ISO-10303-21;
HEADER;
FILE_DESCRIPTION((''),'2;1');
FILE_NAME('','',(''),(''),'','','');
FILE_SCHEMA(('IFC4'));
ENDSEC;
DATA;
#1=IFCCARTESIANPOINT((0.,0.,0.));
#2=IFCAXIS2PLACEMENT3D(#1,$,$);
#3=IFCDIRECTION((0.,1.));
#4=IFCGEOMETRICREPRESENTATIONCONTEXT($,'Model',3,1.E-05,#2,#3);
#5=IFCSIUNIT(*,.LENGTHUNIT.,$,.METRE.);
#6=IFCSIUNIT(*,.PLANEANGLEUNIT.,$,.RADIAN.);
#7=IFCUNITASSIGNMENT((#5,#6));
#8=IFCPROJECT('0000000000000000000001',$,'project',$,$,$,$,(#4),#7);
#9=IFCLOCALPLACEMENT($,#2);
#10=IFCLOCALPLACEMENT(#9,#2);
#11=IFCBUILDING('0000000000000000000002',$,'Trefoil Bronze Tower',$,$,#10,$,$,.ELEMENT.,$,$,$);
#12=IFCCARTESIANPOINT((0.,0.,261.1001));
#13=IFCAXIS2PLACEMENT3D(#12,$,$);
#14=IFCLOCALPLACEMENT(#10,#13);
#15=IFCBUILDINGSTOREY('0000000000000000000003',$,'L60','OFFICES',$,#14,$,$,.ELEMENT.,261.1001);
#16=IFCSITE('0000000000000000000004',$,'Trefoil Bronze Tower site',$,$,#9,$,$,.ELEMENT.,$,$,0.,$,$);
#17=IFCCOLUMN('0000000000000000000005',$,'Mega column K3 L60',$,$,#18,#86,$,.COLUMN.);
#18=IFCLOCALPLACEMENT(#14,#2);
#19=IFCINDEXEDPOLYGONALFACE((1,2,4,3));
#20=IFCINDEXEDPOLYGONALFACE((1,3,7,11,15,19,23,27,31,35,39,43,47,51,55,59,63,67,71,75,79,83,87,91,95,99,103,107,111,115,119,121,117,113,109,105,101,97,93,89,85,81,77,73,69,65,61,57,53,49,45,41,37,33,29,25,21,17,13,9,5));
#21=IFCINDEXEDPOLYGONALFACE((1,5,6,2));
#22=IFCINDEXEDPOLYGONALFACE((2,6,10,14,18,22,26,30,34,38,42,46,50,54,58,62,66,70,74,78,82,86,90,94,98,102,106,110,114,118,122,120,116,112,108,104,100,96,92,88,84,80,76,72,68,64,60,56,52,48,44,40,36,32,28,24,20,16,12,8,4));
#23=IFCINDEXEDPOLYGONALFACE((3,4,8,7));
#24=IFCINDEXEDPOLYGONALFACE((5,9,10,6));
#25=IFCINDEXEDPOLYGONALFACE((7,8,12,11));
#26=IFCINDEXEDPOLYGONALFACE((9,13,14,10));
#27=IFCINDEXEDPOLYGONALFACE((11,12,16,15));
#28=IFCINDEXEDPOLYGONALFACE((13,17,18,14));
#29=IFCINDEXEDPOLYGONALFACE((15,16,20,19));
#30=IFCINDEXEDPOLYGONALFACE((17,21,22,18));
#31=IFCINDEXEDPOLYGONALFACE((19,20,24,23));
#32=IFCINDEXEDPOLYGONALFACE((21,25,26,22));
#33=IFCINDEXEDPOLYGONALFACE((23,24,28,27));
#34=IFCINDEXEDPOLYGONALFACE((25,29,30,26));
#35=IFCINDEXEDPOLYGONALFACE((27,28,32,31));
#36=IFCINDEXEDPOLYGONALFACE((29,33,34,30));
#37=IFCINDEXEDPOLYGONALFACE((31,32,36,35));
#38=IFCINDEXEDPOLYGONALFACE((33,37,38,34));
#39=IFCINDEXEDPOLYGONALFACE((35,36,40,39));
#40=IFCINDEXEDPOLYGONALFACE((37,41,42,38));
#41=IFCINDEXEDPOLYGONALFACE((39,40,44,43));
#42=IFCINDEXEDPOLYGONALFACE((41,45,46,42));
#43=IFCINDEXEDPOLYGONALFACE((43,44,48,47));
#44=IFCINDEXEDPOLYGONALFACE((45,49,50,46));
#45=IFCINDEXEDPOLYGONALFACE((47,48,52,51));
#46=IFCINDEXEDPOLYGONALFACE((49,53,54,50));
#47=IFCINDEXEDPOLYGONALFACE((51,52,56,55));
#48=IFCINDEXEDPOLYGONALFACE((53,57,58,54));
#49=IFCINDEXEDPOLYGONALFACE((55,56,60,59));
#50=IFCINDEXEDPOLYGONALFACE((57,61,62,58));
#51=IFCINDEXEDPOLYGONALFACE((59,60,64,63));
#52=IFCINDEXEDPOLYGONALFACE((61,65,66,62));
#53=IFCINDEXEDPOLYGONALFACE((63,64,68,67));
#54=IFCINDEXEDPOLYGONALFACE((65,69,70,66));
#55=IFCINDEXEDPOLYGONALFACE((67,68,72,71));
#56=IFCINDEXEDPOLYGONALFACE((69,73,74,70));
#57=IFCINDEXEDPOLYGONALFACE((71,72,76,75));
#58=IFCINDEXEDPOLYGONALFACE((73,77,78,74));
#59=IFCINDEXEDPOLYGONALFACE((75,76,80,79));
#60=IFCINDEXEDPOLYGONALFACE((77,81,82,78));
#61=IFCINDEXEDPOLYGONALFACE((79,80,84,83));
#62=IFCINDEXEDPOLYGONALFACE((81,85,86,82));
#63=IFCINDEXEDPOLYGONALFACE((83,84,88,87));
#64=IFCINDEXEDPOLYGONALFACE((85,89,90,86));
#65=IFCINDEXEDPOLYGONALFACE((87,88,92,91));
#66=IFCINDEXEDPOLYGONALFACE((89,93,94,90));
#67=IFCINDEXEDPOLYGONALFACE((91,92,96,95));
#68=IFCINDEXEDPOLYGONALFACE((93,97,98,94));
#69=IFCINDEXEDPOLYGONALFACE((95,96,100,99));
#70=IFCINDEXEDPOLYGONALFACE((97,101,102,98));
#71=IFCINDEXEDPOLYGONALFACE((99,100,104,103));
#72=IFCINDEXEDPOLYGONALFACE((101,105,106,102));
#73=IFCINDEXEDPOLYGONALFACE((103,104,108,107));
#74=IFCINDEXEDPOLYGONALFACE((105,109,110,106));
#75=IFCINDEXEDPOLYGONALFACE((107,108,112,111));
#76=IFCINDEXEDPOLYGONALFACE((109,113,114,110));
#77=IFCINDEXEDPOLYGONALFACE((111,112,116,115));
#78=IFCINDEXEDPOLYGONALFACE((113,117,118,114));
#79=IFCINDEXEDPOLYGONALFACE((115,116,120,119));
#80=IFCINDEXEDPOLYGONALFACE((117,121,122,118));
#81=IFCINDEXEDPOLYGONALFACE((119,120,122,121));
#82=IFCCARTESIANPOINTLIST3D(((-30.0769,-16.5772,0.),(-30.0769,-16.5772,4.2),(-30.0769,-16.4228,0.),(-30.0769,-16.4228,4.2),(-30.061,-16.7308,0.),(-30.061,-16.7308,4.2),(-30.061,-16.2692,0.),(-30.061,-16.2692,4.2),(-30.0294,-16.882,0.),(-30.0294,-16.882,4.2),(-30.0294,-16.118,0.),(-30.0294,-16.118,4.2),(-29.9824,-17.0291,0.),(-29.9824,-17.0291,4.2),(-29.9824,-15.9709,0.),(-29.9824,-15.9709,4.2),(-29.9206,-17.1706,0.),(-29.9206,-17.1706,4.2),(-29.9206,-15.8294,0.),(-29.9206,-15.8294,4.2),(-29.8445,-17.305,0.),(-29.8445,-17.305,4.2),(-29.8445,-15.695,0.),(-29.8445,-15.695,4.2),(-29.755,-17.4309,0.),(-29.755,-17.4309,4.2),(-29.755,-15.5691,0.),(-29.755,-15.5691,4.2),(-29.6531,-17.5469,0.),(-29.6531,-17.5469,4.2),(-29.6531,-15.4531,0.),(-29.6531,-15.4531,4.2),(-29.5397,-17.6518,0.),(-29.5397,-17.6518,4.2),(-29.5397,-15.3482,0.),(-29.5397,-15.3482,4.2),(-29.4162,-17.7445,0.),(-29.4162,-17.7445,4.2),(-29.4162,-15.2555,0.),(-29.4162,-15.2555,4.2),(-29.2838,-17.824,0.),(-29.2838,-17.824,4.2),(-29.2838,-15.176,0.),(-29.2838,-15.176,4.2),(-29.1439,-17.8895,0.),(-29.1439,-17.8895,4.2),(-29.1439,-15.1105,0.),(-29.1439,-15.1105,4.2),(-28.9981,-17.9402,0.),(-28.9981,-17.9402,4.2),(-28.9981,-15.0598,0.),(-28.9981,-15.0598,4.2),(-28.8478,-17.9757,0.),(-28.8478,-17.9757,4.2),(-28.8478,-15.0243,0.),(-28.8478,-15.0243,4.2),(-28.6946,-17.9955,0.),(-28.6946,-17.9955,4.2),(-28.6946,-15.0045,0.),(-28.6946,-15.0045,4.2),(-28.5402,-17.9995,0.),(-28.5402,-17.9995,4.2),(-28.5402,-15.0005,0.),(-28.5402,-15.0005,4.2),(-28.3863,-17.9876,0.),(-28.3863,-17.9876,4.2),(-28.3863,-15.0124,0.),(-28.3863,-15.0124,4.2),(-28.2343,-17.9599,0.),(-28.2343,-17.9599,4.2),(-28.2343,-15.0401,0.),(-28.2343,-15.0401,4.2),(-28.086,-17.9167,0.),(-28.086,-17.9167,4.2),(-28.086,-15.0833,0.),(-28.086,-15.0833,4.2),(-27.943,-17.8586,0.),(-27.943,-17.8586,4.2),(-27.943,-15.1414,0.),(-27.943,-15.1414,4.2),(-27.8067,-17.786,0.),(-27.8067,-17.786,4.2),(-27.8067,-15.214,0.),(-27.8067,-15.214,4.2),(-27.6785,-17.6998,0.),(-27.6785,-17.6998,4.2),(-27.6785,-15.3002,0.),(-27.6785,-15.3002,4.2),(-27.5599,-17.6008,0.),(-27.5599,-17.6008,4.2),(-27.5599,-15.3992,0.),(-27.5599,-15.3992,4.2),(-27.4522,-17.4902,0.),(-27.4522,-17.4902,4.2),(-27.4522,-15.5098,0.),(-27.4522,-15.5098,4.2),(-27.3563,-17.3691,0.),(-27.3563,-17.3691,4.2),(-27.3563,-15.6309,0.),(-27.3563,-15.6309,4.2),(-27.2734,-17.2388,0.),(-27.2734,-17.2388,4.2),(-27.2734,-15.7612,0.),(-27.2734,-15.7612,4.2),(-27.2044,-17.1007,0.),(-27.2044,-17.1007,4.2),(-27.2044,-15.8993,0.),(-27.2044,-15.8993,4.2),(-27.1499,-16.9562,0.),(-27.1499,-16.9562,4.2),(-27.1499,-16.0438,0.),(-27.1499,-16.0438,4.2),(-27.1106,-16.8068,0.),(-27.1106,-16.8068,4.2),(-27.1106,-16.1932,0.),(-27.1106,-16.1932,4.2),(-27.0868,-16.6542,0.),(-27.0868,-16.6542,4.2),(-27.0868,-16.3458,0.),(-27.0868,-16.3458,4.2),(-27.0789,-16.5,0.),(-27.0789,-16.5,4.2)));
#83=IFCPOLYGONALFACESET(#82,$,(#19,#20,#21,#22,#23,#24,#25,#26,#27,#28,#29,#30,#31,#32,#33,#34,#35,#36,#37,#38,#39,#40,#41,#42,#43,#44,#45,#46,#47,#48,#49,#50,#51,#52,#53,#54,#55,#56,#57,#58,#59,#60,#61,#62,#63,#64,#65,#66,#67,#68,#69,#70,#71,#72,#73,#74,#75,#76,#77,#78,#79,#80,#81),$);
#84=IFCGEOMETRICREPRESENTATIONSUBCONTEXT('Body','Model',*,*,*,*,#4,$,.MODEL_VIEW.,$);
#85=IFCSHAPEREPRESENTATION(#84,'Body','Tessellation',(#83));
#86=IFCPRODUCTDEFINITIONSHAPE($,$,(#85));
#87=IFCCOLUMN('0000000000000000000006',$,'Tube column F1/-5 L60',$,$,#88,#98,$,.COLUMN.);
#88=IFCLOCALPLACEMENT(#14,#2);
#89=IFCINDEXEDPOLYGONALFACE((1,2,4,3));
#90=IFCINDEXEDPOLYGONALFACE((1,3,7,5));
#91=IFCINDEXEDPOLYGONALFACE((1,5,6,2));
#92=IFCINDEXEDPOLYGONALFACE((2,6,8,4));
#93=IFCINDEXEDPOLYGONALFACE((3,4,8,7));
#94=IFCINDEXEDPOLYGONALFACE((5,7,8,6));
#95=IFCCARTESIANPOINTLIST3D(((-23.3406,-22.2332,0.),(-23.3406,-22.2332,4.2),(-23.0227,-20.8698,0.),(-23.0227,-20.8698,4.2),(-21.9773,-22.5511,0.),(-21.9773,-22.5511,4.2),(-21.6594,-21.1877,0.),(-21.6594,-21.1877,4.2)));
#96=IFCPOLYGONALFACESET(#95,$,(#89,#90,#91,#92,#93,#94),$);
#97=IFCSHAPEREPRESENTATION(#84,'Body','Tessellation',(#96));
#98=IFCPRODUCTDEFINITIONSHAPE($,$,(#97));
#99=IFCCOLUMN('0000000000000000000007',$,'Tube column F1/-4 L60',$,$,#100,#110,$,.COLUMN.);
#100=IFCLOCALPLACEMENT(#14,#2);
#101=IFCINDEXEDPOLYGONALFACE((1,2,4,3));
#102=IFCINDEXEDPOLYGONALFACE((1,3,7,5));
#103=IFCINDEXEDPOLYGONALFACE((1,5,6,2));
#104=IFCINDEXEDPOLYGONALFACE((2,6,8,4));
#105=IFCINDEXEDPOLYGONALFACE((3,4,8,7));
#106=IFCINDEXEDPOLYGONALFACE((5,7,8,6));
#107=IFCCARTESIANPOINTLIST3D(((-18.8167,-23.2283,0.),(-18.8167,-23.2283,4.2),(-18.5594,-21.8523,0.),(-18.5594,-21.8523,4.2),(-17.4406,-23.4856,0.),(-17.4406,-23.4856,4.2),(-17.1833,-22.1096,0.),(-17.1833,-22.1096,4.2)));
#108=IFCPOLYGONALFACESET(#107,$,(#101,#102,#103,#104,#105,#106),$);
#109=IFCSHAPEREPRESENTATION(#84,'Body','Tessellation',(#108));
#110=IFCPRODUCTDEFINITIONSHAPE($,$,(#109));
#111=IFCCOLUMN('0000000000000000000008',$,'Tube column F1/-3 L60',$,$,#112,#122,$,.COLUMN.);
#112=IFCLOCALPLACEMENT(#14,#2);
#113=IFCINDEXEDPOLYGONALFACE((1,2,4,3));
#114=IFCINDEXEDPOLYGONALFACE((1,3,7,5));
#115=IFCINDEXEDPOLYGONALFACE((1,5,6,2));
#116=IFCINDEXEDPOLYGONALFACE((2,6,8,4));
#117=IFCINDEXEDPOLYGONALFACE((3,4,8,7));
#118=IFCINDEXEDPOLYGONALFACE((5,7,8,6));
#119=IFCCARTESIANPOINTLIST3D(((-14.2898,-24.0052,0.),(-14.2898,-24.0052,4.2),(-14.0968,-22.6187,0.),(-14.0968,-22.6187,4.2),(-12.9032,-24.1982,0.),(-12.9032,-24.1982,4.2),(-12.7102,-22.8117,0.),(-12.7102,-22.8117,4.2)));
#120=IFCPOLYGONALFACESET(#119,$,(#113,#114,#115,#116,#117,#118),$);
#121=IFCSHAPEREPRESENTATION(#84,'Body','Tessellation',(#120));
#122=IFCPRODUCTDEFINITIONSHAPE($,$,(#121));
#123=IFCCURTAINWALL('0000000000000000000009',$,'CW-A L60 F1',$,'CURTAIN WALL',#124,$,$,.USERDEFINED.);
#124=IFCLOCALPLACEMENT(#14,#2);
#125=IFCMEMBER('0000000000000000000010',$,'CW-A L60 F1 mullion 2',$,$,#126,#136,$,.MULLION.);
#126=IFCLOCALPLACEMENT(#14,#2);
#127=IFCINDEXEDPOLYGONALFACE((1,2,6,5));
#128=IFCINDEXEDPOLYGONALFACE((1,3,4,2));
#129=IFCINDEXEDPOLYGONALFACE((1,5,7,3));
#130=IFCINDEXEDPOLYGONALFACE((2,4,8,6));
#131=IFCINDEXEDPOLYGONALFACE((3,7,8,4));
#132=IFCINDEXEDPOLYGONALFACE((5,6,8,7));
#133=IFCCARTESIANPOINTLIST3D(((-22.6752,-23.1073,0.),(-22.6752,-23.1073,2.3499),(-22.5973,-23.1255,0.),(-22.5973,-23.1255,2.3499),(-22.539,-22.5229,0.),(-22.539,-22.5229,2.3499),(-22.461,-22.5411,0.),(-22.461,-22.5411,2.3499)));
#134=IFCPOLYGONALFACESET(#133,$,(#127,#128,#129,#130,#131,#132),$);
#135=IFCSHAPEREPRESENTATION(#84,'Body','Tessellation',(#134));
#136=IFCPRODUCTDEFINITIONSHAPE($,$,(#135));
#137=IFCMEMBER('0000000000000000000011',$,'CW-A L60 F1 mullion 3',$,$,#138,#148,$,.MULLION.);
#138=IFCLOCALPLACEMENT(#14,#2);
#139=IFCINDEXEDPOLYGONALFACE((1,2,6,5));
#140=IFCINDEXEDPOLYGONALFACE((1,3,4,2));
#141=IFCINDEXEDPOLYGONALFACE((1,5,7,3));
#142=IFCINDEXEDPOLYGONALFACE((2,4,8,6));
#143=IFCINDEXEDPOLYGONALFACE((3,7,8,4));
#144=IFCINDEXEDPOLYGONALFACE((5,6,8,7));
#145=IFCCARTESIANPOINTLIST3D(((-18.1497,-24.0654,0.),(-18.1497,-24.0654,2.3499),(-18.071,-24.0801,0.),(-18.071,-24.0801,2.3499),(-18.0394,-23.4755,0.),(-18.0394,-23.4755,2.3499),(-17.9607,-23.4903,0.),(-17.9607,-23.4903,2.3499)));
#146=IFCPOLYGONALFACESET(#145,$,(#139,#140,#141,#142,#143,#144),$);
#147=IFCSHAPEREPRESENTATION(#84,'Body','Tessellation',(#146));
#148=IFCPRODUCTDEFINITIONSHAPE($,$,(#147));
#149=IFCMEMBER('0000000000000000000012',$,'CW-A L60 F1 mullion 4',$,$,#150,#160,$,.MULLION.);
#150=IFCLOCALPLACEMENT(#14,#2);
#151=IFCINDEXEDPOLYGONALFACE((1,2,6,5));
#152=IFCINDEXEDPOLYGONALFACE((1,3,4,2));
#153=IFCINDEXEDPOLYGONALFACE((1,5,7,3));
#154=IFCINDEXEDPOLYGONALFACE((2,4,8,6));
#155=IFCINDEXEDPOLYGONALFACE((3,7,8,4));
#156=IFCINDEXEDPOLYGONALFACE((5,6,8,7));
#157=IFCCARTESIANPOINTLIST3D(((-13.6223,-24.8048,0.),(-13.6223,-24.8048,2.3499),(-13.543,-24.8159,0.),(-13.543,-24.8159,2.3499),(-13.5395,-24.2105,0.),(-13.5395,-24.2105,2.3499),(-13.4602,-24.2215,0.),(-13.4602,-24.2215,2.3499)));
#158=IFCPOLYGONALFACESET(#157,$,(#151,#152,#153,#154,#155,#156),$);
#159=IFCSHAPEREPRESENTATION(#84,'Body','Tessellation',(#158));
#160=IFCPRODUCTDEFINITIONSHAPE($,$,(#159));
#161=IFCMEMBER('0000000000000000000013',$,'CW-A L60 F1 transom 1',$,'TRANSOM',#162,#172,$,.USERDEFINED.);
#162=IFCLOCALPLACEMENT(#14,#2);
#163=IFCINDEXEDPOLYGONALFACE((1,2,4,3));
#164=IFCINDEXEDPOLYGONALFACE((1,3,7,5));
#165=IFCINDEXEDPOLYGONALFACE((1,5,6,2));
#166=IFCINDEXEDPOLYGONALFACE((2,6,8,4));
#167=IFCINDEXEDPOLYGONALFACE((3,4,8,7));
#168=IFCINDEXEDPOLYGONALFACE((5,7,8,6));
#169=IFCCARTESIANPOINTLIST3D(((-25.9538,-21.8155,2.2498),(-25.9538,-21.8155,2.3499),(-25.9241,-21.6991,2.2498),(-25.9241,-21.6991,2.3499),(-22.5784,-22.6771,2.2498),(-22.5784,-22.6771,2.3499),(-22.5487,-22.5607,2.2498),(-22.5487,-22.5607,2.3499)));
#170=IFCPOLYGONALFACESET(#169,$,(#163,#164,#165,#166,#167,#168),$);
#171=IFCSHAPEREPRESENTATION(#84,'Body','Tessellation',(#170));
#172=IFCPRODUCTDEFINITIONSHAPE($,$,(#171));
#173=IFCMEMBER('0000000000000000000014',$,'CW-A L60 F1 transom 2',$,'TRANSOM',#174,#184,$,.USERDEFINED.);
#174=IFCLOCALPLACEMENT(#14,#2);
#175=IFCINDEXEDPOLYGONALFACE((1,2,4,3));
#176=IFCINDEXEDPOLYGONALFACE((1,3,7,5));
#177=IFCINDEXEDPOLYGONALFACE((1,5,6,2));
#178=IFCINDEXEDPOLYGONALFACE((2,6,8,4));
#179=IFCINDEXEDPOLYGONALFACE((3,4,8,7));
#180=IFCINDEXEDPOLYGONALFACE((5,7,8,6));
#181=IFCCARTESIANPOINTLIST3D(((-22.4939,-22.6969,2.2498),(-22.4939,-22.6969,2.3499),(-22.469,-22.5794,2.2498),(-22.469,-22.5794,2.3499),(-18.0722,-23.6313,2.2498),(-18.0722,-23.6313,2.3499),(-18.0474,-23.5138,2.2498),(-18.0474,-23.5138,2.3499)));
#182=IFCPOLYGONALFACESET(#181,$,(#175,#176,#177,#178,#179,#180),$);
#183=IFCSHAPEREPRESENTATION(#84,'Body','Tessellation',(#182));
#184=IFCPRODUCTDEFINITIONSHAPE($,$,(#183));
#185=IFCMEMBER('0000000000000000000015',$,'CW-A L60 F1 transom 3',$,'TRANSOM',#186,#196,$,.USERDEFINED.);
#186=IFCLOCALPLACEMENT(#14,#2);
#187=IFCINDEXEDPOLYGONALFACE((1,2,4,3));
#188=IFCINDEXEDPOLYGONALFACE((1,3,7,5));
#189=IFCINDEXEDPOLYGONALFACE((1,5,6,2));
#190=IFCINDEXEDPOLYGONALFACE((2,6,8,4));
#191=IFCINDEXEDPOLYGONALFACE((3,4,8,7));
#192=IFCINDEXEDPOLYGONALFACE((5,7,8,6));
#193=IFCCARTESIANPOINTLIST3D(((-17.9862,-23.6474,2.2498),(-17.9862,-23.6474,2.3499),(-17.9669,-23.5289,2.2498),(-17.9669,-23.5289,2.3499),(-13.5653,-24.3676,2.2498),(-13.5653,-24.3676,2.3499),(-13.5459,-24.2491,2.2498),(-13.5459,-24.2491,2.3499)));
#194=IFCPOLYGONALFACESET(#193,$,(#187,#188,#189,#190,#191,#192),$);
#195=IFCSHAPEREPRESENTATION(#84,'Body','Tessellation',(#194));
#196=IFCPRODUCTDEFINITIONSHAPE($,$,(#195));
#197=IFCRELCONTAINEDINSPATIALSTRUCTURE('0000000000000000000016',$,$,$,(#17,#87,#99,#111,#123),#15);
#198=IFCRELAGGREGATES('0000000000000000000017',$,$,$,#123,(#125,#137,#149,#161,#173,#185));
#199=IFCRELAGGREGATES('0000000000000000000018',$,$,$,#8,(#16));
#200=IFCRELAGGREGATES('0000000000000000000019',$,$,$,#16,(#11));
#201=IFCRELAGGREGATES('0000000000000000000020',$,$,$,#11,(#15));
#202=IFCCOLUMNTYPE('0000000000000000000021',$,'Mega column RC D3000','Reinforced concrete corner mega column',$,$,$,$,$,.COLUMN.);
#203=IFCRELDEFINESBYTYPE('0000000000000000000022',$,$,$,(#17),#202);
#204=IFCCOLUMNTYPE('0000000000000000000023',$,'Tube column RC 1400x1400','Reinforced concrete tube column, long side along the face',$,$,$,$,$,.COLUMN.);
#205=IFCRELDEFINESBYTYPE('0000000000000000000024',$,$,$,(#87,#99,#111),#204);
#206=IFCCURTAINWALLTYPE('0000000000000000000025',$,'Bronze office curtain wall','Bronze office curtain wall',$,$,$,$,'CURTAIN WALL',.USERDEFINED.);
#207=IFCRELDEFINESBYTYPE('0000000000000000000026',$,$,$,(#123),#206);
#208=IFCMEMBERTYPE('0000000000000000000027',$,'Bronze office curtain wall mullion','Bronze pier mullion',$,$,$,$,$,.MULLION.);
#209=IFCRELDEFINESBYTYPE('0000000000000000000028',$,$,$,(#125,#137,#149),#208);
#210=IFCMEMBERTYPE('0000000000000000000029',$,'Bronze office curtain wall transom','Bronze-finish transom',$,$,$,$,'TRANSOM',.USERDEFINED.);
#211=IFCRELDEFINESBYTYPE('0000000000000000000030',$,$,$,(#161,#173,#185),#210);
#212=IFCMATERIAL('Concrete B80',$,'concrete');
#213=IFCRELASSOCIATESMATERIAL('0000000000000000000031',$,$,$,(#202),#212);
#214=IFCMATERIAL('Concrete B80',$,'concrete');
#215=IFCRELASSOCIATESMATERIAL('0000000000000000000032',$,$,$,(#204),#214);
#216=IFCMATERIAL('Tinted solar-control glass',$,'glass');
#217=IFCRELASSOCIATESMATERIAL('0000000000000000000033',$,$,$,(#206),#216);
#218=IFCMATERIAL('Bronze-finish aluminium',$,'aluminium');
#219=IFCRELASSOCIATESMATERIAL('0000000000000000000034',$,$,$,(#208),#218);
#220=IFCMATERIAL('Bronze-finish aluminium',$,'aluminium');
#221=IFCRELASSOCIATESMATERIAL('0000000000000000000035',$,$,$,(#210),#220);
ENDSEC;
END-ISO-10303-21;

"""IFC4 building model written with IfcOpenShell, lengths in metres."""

from ifc_helpers import new_model, si_unit, direction, frame, origin, origin_2d, place, context, subcontext, project, spatial, rectangle, circle, extrude, material, material_profile, profile_set, type_object, element, aggregate, save


model = new_model("IFC4")

# Units and contexts
model_context = context("Model", 3, precision=1e-05, world=origin(), true_north=direction((0.0, 1.0)))
body_context = subcontext(model_context, "Body", "Model", "MODEL_VIEW")
ifc_project = project(units=[si_unit("LENGTHUNIT", "METRE"), si_unit("PLANEANGLEUNIT", "RADIAN")], contexts=[model_context])

# Site, building, storey
site_placement = place(None, origin())
site = spatial("IfcSite", under=ifc_project, at=site_placement, Name="Trefoil Bronze Tower site", CompositionType="ELEMENT", RefElevation=0.0)
building_placement = place(site_placement, origin())
building = spatial("IfcBuilding", under=site, at=building_placement, Name="Trefoil Bronze Tower", CompositionType="ELEMENT")
storey_placement = place(building_placement, frame((0.0, 0.0, 261.1001)))
storey = spatial("IfcBuildingStorey", under=building, at=storey_placement, Name="L60", Description="OFFICES", CompositionType="ELEMENT", Elevation=261.1001)

# Columns
ifc_material_1 = material(Name="Concrete B80", Category="concrete")
ifc_material_profile_1 = material_profile(ifc_material_1, circle(Radius=1.5, at=origin_2d()), Name="RC D3000")
ifc_profile_set_1 = profile_set([ifc_material_profile_1], Name="Concrete B80")
column_type_1 = type_object("IfcColumnType", Name="Mega column RC D3000", Description="Reinforced concrete corner mega column", PredefinedType="COLUMN", material=ifc_profile_set_1)
column_placement = place(storey_placement, frame((-28.5789, -16.5, 0.0), z_axis=(0.0, 0.0, 1.0), x_axis=(1.0, 0.0, 0.0)))
element("IfcColumn", 1, at=column_placement, inside=storey, type_object=column_type_1, Name="Mega column K3 L60", PredefinedType="COLUMN", context=body_context, shape_type="SweptSolid", body=[
    extrude(circle(Radius=1.5, at=origin_2d()), origin(), (0.0, 0.0, 1.0), 4.2),
])
ifc_material_2 = material(Name="Concrete B80", Category="concrete")
ifc_material_profile_2 = material_profile(ifc_material_2, rectangle(XDim=1.3999, YDim=1.3999, at=origin_2d()), Name="RC 1400x1400")
ifc_profile_set_2 = profile_set([ifc_material_profile_2], Name="Concrete B80")
column_type_2 = type_object("IfcColumnType", Name="Tube column RC 1400x1400", Description="Reinforced concrete tube column, long side along the face", PredefinedType="COLUMN", material=ifc_profile_set_2)
for number, where, z_axis, x_axis, name in (
    (2, (-22.5, -21.7104, 0.0), (0.0, 0.0, 1.0), (0.973875, -0.227083, 0.0), "Tube column F1/-5 L60"),
    (3, (-18.0, -22.6689, 0.0), (0.0, 0.0, 1.0), (0.982959, -0.183825, 0.0), "Tube column F1/-4 L60"),
    (4, (-13.5, -23.4084, 0.0), (0.0, 0.0, 1.0), (0.990451, -0.137868, 0.0), "Tube column F1/-3 L60"),
):
    element("IfcColumn", number, at=place(storey_placement, frame(where, z_axis=z_axis, x_axis=x_axis)), inside=storey, type_object=column_type_2, Name=name, PredefinedType="COLUMN", context=body_context, shape_type="SweptSolid", body=[
        extrude(rectangle(XDim=1.3999, YDim=1.3999, at=origin_2d()), origin(), (0.0, 0.0, 1.0), 4.2),
    ])

# Curtain wall, members
ifc_material_3 = material(Name="Tinted solar-control glass", Category="glass")
curtain_wall_type_1 = type_object("IfcCurtainWallType", Name="Bronze office curtain wall", Description="Bronze office curtain wall", ElementType="CURTAIN WALL", PredefinedType="USERDEFINED", material=ifc_material_3)
curtain_wall_1_placement = place(storey_placement, origin())
curtain_wall_1 = element("IfcCurtainWall", 5, at=curtain_wall_1_placement, inside=storey, type_object=curtain_wall_type_1, Name="CW-A L60 F1", ObjectType="CURTAIN WALL", PredefinedType="USERDEFINED")
ifc_material_4 = material(Name="Bronze-finish aluminium", Category="aluminium")
ifc_material_profile_3 = material_profile(ifc_material_4, rectangle(XDim=0.6001, YDim=0.0801, at=origin_2d()), Name="CW-A mullion")
ifc_profile_set_3 = profile_set([ifc_material_profile_3], Name="Bronze-finish aluminium")
member_type_1 = type_object("IfcMemberType", Name="Bronze office curtain wall mullion", Description="Bronze pier mullion", PredefinedType="MULLION", material=ifc_profile_set_3)
member_1_placement = place(storey_placement, frame((-22.5681, -22.8242, 0.0), z_axis=(0.0, 0.0, 1.0), x_axis=(0.227083, 0.973875, 0.0)))
member_1 = element("IfcMember", 6, at=member_1_placement, type_object=member_type_1, Name="CW-A L60 F1 mullion 2", PredefinedType="MULLION", context=body_context, shape_type="SweptSolid", body=[
    extrude(rectangle(XDim=0.6001, YDim=0.0801, at=origin_2d()), origin(), (0.0, 0.0, 1.0), 2.3499),
])
member_2_placement = place(storey_placement, frame((-18.0552, -23.7778, 0.0), z_axis=(0.0, 0.0, 1.0), x_axis=(0.183825, 0.982959, 0.0)))
member_2 = element("IfcMember", 7, at=member_2_placement, type_object=member_type_1, Name="CW-A L60 F1 mullion 3", PredefinedType="MULLION", context=body_context, shape_type="SweptSolid", body=[
    extrude(rectangle(XDim=0.6001, YDim=0.0801, at=origin_2d()), origin(), (0.0, 0.0, 1.0), 2.3499),
])
member_3_placement = place(storey_placement, frame((-13.5413, -24.5132, 0.0), z_axis=(0.0, 0.0, 1.0), x_axis=(0.137868, 0.990451, 0.0)))
member_3 = element("IfcMember", 8, at=member_3_placement, type_object=member_type_1, Name="CW-A L60 F1 mullion 4", PredefinedType="MULLION", context=body_context, shape_type="SweptSolid", body=[
    extrude(rectangle(XDim=0.6001, YDim=0.0801, at=origin_2d()), origin(), (0.0, 0.0, 1.0), 2.3499),
])
ifc_material_5 = material(Name="Bronze-finish aluminium", Category="aluminium")
ifc_material_profile_4 = material_profile(ifc_material_5, rectangle(XDim=0.1201, YDim=0.1001, at=origin_2d()), Name="CW-A transom")
ifc_profile_set_4 = profile_set([ifc_material_profile_4], Name="Bronze-finish aluminium")
member_type_2 = type_object("IfcMemberType", Name="Bronze office curtain wall transom", Description="Bronze-finish transom", ElementType="TRANSOM", PredefinedType="USERDEFINED", material=ifc_profile_set_4)
member_4_placement = place(storey_placement, frame((-25.939, -21.7573, 2.2998), z_axis=(0.968935, -0.247315, 0.0), x_axis=(0.247315, 0.968935, 0.0)))
member_4 = element("IfcMember", 9, at=member_4_placement, type_object=member_type_2, Name="CW-A L60 F1 transom 1", ObjectType="TRANSOM", PredefinedType="USERDEFINED", context=body_context, shape_type="SweptSolid", body=[
    extrude(rectangle(XDim=0.1201, YDim=0.1001, at=origin_2d()), origin(), (0.0, 0.0, 1.0), 3.4836),
])
member_5_placement = place(storey_placement, frame((-22.4814, -22.6382, 2.2998), z_axis=(0.978395, -0.206743, 0.0), x_axis=(0.206743, 0.978395, 0.0)))
member_5 = element("IfcMember", 10, at=member_5_placement, type_object=member_type_2, Name="CW-A L60 F1 transom 2", ObjectType="TRANSOM", PredefinedType="USERDEFINED", context=body_context, shape_type="SweptSolid", body=[
    extrude(rectangle(XDim=0.1201, YDim=0.1001, at=origin_2d()), origin(), (0.0, 0.0, 1.0), 4.5193),
])
member_6_placement = place(storey_placement, frame((-17.9766, -23.5881, 2.2998), z_axis=(0.986988, -0.160792, 0.0), x_axis=(0.160792, 0.986988, 0.0)))
member_6 = element("IfcMember", 11, at=member_6_placement, type_object=member_type_2, Name="CW-A L60 F1 transom 3", ObjectType="TRANSOM", PredefinedType="USERDEFINED", context=body_context, shape_type="SweptSolid", body=[
    extrude(rectangle(XDim=0.1201, YDim=0.1001, at=origin_2d()), origin(), (0.0, 0.0, 1.0), 4.4792),
])

aggregate(curtain_wall_1, [member_1, member_2, member_3, member_4, member_5, member_6])

save(model, "model.ifc")
